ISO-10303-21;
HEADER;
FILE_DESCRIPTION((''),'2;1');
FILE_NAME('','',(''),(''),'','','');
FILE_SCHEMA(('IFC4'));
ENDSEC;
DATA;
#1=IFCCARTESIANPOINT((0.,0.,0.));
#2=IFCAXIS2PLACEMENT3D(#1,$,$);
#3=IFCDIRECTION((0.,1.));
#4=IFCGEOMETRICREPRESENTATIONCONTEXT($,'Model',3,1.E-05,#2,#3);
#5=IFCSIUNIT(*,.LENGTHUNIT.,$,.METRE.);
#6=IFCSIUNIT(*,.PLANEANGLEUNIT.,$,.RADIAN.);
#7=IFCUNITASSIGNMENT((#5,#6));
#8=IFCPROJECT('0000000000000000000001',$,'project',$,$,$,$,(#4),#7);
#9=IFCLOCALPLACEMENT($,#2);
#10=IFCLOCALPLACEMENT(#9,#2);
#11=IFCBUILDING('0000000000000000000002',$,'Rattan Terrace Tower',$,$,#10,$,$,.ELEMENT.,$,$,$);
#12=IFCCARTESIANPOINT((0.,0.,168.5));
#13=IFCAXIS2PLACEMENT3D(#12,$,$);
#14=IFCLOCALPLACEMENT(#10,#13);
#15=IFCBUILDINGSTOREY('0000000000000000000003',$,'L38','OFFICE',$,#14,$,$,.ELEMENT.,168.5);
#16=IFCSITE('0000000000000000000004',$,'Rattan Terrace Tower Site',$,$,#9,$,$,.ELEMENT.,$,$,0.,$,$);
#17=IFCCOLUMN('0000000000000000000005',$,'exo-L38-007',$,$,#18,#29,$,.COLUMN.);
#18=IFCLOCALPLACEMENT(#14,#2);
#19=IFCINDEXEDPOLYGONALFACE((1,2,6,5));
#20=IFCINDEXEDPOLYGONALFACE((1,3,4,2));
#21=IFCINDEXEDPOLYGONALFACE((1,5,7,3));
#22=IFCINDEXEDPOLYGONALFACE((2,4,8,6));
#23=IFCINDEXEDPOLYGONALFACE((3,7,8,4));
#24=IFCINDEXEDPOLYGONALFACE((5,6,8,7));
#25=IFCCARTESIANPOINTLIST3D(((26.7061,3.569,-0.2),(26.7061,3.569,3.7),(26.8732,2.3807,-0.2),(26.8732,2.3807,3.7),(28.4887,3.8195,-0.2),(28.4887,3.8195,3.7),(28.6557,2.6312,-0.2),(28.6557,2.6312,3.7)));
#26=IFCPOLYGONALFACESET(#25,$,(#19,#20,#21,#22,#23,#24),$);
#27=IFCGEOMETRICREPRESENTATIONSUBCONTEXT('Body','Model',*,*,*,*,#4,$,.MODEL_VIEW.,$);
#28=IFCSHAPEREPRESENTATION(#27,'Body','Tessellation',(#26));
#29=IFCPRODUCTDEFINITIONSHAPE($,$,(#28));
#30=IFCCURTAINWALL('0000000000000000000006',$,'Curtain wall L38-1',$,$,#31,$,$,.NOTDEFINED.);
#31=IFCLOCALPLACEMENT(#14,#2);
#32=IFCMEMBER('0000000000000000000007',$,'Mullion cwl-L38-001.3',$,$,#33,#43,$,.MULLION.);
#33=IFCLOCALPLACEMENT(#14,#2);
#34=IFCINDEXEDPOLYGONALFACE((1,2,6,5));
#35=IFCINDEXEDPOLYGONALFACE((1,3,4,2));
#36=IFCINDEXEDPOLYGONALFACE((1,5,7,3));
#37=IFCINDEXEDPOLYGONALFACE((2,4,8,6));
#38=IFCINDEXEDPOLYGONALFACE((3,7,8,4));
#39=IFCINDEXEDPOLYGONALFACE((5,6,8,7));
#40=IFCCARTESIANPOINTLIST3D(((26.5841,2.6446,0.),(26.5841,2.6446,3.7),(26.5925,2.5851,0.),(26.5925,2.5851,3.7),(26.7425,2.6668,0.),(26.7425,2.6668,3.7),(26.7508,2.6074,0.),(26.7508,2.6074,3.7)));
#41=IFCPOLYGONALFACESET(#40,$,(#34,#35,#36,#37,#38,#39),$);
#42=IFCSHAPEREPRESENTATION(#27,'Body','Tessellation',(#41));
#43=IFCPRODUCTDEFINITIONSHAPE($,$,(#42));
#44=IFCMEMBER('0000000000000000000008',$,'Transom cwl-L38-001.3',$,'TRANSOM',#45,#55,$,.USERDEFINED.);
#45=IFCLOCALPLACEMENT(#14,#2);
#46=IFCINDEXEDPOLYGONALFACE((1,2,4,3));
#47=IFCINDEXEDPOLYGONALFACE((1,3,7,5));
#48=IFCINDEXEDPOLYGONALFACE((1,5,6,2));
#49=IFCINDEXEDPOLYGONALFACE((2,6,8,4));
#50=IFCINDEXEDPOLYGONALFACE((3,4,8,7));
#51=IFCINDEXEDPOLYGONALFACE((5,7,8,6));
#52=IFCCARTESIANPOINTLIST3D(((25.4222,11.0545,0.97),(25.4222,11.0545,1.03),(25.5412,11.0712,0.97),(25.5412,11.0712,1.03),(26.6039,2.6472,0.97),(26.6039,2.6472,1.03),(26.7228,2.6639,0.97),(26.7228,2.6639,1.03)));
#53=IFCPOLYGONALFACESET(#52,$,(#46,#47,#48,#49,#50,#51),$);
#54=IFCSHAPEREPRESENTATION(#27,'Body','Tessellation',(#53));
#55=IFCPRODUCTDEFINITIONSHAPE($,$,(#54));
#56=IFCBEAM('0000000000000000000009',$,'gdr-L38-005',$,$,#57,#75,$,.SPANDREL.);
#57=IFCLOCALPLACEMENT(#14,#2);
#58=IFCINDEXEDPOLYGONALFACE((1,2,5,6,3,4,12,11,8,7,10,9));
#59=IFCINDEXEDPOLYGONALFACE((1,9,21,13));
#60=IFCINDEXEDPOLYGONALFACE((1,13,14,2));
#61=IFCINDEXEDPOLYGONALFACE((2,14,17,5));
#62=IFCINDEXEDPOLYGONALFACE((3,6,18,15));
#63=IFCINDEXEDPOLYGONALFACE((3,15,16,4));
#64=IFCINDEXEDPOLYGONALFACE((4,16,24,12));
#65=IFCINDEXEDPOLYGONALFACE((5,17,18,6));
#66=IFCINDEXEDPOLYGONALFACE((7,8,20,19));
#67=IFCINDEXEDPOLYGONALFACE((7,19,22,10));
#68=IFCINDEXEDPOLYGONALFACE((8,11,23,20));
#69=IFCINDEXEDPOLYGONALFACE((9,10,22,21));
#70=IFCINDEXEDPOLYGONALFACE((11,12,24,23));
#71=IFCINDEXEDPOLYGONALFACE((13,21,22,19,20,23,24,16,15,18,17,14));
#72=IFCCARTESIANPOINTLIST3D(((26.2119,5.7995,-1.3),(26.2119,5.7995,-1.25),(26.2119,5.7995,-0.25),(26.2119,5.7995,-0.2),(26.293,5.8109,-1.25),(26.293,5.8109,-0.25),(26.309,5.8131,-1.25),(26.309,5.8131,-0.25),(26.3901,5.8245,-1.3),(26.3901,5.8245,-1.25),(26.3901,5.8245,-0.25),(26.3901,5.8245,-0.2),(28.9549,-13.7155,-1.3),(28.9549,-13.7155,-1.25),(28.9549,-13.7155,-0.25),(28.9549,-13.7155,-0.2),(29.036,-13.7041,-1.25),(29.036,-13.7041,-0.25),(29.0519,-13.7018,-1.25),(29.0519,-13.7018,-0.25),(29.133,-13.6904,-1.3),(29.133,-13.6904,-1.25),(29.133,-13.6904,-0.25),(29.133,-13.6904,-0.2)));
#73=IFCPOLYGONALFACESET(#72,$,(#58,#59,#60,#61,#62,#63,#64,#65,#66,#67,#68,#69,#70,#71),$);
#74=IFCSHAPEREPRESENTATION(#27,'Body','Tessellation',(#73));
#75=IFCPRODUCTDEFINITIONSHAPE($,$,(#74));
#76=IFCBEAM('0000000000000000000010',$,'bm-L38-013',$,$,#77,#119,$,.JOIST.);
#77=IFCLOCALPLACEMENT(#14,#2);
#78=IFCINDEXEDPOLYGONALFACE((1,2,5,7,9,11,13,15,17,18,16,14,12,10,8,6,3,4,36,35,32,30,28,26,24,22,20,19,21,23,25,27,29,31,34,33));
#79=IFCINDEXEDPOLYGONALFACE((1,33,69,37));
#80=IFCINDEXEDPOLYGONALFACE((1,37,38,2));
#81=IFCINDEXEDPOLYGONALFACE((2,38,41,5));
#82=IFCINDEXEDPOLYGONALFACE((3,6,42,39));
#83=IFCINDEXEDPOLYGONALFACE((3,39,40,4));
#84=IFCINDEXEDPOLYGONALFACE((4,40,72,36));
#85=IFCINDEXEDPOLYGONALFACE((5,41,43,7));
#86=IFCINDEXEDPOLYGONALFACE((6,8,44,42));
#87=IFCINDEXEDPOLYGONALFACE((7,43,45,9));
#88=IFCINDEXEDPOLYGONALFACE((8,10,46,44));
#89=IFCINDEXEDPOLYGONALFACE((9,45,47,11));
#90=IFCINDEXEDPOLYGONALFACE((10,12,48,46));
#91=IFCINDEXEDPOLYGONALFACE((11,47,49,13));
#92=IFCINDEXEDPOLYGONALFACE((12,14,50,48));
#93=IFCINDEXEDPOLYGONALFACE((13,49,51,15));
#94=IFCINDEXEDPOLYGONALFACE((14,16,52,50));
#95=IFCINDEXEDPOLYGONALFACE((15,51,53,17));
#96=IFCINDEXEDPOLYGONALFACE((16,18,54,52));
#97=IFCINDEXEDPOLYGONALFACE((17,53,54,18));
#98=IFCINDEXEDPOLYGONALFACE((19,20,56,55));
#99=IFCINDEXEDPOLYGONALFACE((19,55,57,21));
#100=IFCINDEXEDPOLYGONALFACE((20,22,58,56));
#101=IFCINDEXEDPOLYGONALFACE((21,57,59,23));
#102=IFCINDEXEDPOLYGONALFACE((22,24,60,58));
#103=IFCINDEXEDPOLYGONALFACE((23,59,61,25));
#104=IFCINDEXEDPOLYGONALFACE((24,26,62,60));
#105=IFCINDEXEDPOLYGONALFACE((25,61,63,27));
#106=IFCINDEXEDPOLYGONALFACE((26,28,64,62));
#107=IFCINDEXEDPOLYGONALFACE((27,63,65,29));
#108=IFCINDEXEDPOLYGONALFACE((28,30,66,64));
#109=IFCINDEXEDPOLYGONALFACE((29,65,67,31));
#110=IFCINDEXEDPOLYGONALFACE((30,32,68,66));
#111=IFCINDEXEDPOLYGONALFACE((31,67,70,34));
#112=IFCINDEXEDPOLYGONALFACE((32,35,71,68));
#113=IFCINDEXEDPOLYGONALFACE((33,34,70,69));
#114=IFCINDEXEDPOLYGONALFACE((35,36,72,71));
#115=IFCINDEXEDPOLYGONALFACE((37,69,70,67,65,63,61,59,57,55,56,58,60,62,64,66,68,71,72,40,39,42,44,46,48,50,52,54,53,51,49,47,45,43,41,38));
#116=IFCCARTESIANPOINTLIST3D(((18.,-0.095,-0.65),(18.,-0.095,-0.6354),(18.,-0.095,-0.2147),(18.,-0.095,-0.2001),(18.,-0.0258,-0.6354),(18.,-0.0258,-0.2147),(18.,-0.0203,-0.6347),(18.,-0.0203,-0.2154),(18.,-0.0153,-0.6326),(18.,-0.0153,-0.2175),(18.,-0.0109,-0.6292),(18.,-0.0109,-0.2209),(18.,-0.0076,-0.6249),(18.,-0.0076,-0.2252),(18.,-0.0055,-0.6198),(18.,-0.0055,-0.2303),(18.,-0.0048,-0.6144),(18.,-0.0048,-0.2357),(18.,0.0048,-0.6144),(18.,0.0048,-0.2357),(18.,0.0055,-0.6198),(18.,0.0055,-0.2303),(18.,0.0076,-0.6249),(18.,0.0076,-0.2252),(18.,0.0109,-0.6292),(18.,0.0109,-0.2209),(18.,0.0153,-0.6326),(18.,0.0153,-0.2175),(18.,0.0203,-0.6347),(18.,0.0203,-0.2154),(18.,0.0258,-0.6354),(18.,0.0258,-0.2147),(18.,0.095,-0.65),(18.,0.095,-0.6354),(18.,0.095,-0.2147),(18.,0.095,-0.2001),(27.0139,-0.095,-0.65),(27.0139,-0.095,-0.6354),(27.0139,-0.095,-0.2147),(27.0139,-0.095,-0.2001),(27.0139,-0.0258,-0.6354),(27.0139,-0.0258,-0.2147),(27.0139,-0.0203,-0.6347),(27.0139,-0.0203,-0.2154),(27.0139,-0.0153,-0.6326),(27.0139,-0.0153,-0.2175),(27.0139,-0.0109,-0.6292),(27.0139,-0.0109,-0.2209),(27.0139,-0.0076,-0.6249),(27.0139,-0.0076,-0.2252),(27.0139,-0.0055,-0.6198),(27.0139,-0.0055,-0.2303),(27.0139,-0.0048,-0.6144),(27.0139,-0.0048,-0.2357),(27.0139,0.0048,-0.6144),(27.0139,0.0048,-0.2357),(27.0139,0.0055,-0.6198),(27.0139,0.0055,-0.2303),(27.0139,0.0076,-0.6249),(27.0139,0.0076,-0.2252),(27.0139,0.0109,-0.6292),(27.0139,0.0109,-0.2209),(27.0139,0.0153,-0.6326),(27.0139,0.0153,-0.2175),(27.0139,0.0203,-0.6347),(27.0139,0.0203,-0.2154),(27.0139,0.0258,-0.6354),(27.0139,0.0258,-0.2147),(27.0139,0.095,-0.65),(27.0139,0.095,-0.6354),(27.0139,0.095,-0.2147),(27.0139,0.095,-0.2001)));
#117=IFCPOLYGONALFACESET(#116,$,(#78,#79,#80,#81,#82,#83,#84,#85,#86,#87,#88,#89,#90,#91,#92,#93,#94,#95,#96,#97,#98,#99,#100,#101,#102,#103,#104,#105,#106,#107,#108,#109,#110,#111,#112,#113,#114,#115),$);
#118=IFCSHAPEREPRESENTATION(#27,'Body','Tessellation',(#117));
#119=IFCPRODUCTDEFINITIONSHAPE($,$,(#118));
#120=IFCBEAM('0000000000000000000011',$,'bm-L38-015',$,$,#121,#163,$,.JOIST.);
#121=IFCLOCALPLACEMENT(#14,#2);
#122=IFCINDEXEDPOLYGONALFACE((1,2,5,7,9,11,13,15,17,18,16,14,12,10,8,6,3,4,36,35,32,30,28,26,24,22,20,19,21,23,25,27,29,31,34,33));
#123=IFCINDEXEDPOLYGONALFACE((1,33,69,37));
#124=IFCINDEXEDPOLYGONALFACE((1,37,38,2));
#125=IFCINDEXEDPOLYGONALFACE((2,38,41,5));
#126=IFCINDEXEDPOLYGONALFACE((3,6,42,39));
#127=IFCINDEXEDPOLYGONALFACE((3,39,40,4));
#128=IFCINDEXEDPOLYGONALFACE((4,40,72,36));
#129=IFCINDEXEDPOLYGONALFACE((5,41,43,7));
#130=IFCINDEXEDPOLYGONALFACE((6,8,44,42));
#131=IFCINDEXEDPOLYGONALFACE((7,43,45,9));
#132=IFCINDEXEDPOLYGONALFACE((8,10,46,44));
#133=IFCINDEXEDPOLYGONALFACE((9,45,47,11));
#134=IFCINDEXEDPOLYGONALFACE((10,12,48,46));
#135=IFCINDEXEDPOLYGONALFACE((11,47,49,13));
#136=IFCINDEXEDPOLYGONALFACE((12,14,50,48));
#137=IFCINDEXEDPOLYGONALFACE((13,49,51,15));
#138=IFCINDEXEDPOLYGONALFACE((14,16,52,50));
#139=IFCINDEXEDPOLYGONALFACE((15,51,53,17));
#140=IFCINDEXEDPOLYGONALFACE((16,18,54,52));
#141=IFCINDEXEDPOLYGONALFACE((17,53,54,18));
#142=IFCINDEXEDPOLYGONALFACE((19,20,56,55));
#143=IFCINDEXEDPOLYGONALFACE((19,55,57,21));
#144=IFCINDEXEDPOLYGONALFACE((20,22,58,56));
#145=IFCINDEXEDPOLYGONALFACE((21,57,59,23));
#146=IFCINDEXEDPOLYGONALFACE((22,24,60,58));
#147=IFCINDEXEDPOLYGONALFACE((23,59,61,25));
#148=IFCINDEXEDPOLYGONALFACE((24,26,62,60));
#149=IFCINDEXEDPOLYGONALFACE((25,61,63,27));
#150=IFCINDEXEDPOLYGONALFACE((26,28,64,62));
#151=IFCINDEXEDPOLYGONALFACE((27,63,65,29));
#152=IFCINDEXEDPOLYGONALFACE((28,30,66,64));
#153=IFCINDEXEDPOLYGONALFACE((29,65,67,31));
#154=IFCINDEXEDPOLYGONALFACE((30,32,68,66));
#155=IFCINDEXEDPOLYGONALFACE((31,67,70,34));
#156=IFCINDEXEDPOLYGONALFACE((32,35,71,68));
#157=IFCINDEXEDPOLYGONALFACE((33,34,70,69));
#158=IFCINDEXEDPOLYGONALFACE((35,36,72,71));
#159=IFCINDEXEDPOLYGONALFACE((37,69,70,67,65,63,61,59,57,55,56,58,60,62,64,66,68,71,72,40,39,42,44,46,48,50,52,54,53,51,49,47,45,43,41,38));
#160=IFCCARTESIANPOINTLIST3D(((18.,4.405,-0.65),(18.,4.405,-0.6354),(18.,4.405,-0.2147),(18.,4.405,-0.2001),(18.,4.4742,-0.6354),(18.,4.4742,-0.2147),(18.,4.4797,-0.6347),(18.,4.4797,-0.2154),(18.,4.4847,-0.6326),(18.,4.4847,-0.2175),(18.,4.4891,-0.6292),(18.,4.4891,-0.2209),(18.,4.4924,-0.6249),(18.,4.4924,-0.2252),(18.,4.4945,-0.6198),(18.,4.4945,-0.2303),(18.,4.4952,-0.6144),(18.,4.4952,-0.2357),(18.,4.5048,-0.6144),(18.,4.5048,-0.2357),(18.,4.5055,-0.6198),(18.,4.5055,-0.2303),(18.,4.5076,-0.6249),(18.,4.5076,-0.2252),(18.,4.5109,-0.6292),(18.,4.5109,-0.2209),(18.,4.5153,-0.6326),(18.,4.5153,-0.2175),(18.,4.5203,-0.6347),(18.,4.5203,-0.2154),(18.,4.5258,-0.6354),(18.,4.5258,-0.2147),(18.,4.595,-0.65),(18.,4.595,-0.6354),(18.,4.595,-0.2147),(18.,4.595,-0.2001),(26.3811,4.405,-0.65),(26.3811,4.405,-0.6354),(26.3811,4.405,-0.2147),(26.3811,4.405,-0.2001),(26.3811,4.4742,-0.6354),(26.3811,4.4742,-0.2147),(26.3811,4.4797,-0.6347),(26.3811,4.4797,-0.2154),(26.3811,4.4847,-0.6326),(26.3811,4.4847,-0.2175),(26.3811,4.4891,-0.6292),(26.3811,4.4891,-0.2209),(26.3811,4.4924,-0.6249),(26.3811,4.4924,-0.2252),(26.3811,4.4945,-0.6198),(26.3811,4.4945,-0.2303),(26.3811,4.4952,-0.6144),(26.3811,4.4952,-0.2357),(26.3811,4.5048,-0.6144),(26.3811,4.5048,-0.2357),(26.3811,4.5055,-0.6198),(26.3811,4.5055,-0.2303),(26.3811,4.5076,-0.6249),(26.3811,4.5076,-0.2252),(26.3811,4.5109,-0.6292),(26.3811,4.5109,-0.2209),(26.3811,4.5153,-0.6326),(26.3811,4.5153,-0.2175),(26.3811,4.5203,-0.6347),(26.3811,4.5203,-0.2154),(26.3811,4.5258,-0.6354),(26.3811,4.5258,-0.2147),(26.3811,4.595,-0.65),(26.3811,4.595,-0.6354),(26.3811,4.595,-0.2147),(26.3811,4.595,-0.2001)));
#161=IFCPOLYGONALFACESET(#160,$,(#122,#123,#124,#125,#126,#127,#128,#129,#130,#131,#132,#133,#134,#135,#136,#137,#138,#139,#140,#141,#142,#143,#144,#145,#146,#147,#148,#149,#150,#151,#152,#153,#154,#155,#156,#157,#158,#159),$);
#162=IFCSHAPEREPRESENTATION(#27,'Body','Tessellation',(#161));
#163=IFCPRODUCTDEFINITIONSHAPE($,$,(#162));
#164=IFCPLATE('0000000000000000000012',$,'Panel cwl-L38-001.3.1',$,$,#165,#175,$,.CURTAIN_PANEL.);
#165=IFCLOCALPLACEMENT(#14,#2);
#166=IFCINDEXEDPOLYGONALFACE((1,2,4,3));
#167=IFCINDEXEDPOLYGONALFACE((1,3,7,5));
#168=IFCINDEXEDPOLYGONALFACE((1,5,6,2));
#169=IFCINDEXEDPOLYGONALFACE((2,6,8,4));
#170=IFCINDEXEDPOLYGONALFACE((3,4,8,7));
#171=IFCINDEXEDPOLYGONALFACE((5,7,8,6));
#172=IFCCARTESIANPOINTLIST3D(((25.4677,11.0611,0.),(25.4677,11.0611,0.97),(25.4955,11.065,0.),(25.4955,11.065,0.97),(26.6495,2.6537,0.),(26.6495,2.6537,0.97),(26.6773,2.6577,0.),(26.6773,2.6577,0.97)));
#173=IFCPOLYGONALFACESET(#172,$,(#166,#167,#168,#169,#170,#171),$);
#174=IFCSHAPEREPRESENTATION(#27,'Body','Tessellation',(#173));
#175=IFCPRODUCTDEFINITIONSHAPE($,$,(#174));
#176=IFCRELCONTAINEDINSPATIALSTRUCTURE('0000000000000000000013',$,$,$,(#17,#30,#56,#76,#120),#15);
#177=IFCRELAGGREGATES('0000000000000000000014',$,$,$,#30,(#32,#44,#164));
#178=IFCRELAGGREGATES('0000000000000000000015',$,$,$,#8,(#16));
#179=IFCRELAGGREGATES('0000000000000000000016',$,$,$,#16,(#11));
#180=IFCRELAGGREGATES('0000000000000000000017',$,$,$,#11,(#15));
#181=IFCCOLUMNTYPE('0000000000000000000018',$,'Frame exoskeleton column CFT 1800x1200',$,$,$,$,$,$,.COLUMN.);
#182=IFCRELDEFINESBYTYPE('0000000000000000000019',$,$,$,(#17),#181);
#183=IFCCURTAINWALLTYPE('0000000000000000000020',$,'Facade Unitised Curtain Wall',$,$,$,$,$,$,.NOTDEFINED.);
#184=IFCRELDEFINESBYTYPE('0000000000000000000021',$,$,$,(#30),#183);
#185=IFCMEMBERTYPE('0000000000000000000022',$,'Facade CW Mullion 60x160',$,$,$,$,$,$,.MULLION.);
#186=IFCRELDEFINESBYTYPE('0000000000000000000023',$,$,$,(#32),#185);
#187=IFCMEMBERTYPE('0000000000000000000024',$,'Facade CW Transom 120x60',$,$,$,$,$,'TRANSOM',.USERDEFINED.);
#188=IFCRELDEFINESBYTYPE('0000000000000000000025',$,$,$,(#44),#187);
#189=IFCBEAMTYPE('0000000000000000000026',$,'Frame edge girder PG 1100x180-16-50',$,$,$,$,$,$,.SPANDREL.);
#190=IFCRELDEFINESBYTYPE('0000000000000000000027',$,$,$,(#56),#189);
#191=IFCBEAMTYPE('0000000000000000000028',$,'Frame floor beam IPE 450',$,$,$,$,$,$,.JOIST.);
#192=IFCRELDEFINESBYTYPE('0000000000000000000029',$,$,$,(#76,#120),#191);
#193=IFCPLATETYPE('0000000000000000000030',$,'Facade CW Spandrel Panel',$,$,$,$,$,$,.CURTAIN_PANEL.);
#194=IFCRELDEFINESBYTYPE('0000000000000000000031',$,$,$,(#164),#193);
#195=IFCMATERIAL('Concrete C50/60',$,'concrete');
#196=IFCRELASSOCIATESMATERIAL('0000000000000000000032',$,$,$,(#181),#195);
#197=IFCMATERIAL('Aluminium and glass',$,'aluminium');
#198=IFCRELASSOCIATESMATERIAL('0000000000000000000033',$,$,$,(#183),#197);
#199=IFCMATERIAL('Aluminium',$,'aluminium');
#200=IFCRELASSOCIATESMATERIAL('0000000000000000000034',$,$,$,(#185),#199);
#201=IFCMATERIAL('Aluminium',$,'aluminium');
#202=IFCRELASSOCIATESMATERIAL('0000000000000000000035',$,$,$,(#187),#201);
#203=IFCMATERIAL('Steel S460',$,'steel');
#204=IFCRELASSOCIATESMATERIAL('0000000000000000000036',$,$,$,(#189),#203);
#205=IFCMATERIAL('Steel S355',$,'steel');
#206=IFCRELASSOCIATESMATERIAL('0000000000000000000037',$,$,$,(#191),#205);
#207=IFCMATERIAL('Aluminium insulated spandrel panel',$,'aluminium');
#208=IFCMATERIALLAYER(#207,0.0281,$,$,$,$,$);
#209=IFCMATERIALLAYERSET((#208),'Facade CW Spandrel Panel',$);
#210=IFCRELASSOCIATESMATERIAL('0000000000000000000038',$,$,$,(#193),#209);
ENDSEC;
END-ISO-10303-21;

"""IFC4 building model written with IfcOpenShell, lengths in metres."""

from ifc_helpers import new_model, si_unit, direction, frame, origin, origin_2d, place, context, subcontext, project, spatial, rectangle, i_section, extrude, material, layer, layer_set, material_profile, profile_set, type_object, element, aggregate, save


model = new_model("IFC4")

# Units and contexts
model_context = context("Model", 3, precision=1e-05, world=origin(), true_north=direction((0.0, 1.0)))
body_context = subcontext(model_context, "Body", "Model", "MODEL_VIEW")
ifc_project = project(units=[si_unit("LENGTHUNIT", "METRE"), si_unit("PLANEANGLEUNIT", "RADIAN")], contexts=[model_context])

# Site, building, storey
site_placement = place(None, origin())
site = spatial("IfcSite", under=ifc_project, at=site_placement, Name="Rattan Terrace Tower Site", CompositionType="ELEMENT", RefElevation=0.0)
building_placement = place(site_placement, origin())
building = spatial("IfcBuilding", under=site, at=building_placement, Name="Rattan Terrace Tower", CompositionType="ELEMENT")
storey_placement = place(building_placement, frame((0.0, 0.0, 168.5)))
storey = spatial("IfcBuildingStorey", under=building, at=storey_placement, Name="L38", Description="OFFICE", CompositionType="ELEMENT", Elevation=168.5)

# Column
ifc_material_1 = material(Name="Concrete C50/60", Category="concrete")
ifc_material_profile_1 = material_profile(ifc_material_1, rectangle(XDim=1.2, YDim=1.8, at=origin_2d()), Name="CFT 1800x1200")
ifc_profile_set_1 = profile_set([ifc_material_profile_1], Name="Concrete C50/60")
column_type = type_object("IfcColumnType", Name="Frame exoskeleton column CFT 1800x1200", PredefinedType="COLUMN", material=ifc_profile_set_1)
column_placement = place(storey_placement, frame((27.6809, 3.1001, -0.2), z_axis=(0.0, 0.0, 1.0), x_axis=(-0.13919, 0.990266, 0.0)))
element("IfcColumn", 1, at=column_placement, inside=storey, type_object=column_type, Name="exo-L38-007", PredefinedType="COLUMN", context=body_context, shape_type="SweptSolid", body=[
    extrude(rectangle(XDim=1.2, YDim=1.8, at=origin_2d()), origin(), (0.0, 0.0, 1.0), 3.8999),
])

# Curtain wall, members
ifc_material_2 = material(Name="Aluminium and glass", Category="aluminium")
curtain_wall_type = type_object("IfcCurtainWallType", Name="Facade Unitised Curtain Wall", PredefinedType="NOTDEFINED", material=ifc_material_2)
curtain_wall_placement = place(storey_placement, origin())
curtain_wall = element("IfcCurtainWall", 2, at=curtain_wall_placement, inside=storey, type_object=curtain_wall_type, Name="Curtain wall L38-1", PredefinedType="NOTDEFINED")
ifc_material_3 = material(Name="Aluminium", Category="aluminium")
ifc_material_profile_2 = material_profile(ifc_material_3, rectangle(XDim=0.0601, YDim=0.1599, at=origin_2d()), Name="Aluminium 60x160")
ifc_profile_set_2 = profile_set([ifc_material_profile_2], Name="Aluminium")
member_type_1 = type_object("IfcMemberType", Name="Facade CW Mullion 60x160", PredefinedType="MULLION", material=ifc_profile_set_2)
member_1_placement = place(storey_placement, frame((26.6675, 2.626, 0.0), z_axis=(0.0, 0.0, 1.0), x_axis=(-0.139191, 0.990266, 0.0)))
member_1 = element("IfcMember", 3, at=member_1_placement, type_object=member_type_1, Name="Mullion cwl-L38-001.3", PredefinedType="MULLION", context=body_context, shape_type="SweptSolid", body=[
    extrude(rectangle(XDim=0.0601, YDim=0.1599, at=origin_2d()), origin(), (0.0, 0.0, 1.0), 3.7),
])
ifc_material_4 = material(Name="Aluminium", Category="aluminium")
ifc_material_profile_3 = material_profile(ifc_material_4, rectangle(XDim=0.1201, YDim=0.0601, at=origin_2d()), Name="Aluminium 120x60")
ifc_profile_set_3 = profile_set([ifc_material_profile_3], Name="Aluminium")
member_type_2 = type_object("IfcMemberType", Name="Facade CW Transom 120x60", ElementType="TRANSOM", PredefinedType="USERDEFINED", material=ifc_profile_set_3)
member_2_placement = place(storey_placement, frame((26.6633, 2.6555, 1.0), z_axis=(-0.139179, 0.990267, 0.0), x_axis=(-0.990267, -0.139179, 0.0)))
member_2 = element("IfcMember", 4, at=member_2_placement, type_object=member_type_2, Name="Transom cwl-L38-001.3", ObjectType="TRANSOM", PredefinedType="USERDEFINED", context=body_context, shape_type="SweptSolid", body=[
    extrude(rectangle(XDim=0.1201, YDim=0.0601, at=origin_2d()), origin(), (0.0, 0.0, 1.0), 8.49),
])

# Beams
ifc_material_5 = material(Name="Steel S460", Category="steel")
ifc_material_profile_4 = material_profile(ifc_material_5, i_section(OverallWidth=0.1799, OverallDepth=1.1001, WebThickness=0.0161, FlangeThickness=0.05, at=origin_2d()), Name="PG 1100x180-16-50")
ifc_profile_set_4 = profile_set([ifc_material_profile_4], Name="Steel S460")
beam_type_1 = type_object("IfcBeamType", Name="Frame edge girder PG 1100x180-16-50", PredefinedType="SPANDREL", material=ifc_profile_set_4)
beam_1_placement = place(storey_placement, frame((26.301, 5.812, -0.75), z_axis=(0.139187, -0.990266, 0.0), x_axis=(0.990266, 0.139187, 0.0)))
element("IfcBeam", 5, at=beam_1_placement, inside=storey, type_object=beam_type_1, Name="gdr-L38-005", PredefinedType="SPANDREL", context=body_context, shape_type="SweptSolid", body=[
    extrude(i_section(OverallWidth=0.1799, OverallDepth=1.1001, WebThickness=0.0161, FlangeThickness=0.05, at=origin_2d()), origin(), (0.0, 0.0, 1.0), 19.7068),
])
ifc_material_6 = material(Name="Steel S355", Category="steel")
ifc_material_profile_5 = material_profile(ifc_material_6, i_section(OverallWidth=0.1899, OverallDepth=0.45, WebThickness=0.0095, FlangeThickness=0.0146, FilletRadius=0.021, at=origin_2d()), Name="IPE 450")
ifc_profile_set_5 = profile_set([ifc_material_profile_5], Name="Steel S355")
beam_type_2 = type_object("IfcBeamType", Name="Frame floor beam IPE 450", PredefinedType="JOIST", material=ifc_profile_set_5)
beam_2_placement = place(storey_placement, frame((18.0, 0.0, -0.425), z_axis=(1.0, 0.0, 0.0), x_axis=(0.0, 1.0, 0.0)))
element("IfcBeam", 6, at=beam_2_placement, inside=storey, type_object=beam_type_2, Name="bm-L38-013", PredefinedType="JOIST", context=body_context, shape_type="SweptSolid", body=[
    extrude(i_section(OverallWidth=0.1899, OverallDepth=0.45, WebThickness=0.0095, FlangeThickness=0.0146, FilletRadius=0.021, at=origin_2d()), origin(), (0.0, 0.0, 1.0), 9.0139),
])
beam_3_placement = place(storey_placement, frame((18.0, 4.5, -0.425), z_axis=(1.0, 0.0, 0.0), x_axis=(0.0, 1.0, 0.0)))
element("IfcBeam", 7, at=beam_3_placement, inside=storey, type_object=beam_type_2, Name="bm-L38-015", PredefinedType="JOIST", context=body_context, shape_type="SweptSolid", body=[
    extrude(i_section(OverallWidth=0.1899, OverallDepth=0.45, WebThickness=0.0095, FlangeThickness=0.0146, FilletRadius=0.021, at=origin_2d()), origin(), (0.0, 0.0, 1.0), 8.3811),
])

# Plate
ifc_material_7 = material(Name="Aluminium insulated spandrel panel", Category="aluminium")
ifc_layer_1 = layer(ifc_material_7, 0.0281)
ifc_layer_set_1 = layer_set([ifc_layer_1], Name="Facade CW Spandrel Panel")
plate_type_1 = type_object("IfcPlateType", Name="Facade CW Spandrel Panel", PredefinedType="CURTAIN_PANEL", material=ifc_layer_set_1)
plate_1_placement = place(storey_placement, frame((26.0725, 6.8594, 0.0), z_axis=(0.0, 0.0, 1.0), x_axis=(-0.139191, 0.990266, 0.0)))
plate_1 = element("IfcPlate", 8, at=plate_1_placement, type_object=plate_type_1, Name="Panel cwl-L38-001.3.1", PredefinedType="CURTAIN_PANEL", context=body_context, shape_type="SweptSolid", body=[
    extrude(rectangle(XDim=8.49, YDim=0.0281, at=origin_2d()), origin(), (0.0, 0.0, 1.0), 0.97),
])
aggregate(curtain_wall, [member_1, member_2, plate_1])

save(model, "model.ifc")
